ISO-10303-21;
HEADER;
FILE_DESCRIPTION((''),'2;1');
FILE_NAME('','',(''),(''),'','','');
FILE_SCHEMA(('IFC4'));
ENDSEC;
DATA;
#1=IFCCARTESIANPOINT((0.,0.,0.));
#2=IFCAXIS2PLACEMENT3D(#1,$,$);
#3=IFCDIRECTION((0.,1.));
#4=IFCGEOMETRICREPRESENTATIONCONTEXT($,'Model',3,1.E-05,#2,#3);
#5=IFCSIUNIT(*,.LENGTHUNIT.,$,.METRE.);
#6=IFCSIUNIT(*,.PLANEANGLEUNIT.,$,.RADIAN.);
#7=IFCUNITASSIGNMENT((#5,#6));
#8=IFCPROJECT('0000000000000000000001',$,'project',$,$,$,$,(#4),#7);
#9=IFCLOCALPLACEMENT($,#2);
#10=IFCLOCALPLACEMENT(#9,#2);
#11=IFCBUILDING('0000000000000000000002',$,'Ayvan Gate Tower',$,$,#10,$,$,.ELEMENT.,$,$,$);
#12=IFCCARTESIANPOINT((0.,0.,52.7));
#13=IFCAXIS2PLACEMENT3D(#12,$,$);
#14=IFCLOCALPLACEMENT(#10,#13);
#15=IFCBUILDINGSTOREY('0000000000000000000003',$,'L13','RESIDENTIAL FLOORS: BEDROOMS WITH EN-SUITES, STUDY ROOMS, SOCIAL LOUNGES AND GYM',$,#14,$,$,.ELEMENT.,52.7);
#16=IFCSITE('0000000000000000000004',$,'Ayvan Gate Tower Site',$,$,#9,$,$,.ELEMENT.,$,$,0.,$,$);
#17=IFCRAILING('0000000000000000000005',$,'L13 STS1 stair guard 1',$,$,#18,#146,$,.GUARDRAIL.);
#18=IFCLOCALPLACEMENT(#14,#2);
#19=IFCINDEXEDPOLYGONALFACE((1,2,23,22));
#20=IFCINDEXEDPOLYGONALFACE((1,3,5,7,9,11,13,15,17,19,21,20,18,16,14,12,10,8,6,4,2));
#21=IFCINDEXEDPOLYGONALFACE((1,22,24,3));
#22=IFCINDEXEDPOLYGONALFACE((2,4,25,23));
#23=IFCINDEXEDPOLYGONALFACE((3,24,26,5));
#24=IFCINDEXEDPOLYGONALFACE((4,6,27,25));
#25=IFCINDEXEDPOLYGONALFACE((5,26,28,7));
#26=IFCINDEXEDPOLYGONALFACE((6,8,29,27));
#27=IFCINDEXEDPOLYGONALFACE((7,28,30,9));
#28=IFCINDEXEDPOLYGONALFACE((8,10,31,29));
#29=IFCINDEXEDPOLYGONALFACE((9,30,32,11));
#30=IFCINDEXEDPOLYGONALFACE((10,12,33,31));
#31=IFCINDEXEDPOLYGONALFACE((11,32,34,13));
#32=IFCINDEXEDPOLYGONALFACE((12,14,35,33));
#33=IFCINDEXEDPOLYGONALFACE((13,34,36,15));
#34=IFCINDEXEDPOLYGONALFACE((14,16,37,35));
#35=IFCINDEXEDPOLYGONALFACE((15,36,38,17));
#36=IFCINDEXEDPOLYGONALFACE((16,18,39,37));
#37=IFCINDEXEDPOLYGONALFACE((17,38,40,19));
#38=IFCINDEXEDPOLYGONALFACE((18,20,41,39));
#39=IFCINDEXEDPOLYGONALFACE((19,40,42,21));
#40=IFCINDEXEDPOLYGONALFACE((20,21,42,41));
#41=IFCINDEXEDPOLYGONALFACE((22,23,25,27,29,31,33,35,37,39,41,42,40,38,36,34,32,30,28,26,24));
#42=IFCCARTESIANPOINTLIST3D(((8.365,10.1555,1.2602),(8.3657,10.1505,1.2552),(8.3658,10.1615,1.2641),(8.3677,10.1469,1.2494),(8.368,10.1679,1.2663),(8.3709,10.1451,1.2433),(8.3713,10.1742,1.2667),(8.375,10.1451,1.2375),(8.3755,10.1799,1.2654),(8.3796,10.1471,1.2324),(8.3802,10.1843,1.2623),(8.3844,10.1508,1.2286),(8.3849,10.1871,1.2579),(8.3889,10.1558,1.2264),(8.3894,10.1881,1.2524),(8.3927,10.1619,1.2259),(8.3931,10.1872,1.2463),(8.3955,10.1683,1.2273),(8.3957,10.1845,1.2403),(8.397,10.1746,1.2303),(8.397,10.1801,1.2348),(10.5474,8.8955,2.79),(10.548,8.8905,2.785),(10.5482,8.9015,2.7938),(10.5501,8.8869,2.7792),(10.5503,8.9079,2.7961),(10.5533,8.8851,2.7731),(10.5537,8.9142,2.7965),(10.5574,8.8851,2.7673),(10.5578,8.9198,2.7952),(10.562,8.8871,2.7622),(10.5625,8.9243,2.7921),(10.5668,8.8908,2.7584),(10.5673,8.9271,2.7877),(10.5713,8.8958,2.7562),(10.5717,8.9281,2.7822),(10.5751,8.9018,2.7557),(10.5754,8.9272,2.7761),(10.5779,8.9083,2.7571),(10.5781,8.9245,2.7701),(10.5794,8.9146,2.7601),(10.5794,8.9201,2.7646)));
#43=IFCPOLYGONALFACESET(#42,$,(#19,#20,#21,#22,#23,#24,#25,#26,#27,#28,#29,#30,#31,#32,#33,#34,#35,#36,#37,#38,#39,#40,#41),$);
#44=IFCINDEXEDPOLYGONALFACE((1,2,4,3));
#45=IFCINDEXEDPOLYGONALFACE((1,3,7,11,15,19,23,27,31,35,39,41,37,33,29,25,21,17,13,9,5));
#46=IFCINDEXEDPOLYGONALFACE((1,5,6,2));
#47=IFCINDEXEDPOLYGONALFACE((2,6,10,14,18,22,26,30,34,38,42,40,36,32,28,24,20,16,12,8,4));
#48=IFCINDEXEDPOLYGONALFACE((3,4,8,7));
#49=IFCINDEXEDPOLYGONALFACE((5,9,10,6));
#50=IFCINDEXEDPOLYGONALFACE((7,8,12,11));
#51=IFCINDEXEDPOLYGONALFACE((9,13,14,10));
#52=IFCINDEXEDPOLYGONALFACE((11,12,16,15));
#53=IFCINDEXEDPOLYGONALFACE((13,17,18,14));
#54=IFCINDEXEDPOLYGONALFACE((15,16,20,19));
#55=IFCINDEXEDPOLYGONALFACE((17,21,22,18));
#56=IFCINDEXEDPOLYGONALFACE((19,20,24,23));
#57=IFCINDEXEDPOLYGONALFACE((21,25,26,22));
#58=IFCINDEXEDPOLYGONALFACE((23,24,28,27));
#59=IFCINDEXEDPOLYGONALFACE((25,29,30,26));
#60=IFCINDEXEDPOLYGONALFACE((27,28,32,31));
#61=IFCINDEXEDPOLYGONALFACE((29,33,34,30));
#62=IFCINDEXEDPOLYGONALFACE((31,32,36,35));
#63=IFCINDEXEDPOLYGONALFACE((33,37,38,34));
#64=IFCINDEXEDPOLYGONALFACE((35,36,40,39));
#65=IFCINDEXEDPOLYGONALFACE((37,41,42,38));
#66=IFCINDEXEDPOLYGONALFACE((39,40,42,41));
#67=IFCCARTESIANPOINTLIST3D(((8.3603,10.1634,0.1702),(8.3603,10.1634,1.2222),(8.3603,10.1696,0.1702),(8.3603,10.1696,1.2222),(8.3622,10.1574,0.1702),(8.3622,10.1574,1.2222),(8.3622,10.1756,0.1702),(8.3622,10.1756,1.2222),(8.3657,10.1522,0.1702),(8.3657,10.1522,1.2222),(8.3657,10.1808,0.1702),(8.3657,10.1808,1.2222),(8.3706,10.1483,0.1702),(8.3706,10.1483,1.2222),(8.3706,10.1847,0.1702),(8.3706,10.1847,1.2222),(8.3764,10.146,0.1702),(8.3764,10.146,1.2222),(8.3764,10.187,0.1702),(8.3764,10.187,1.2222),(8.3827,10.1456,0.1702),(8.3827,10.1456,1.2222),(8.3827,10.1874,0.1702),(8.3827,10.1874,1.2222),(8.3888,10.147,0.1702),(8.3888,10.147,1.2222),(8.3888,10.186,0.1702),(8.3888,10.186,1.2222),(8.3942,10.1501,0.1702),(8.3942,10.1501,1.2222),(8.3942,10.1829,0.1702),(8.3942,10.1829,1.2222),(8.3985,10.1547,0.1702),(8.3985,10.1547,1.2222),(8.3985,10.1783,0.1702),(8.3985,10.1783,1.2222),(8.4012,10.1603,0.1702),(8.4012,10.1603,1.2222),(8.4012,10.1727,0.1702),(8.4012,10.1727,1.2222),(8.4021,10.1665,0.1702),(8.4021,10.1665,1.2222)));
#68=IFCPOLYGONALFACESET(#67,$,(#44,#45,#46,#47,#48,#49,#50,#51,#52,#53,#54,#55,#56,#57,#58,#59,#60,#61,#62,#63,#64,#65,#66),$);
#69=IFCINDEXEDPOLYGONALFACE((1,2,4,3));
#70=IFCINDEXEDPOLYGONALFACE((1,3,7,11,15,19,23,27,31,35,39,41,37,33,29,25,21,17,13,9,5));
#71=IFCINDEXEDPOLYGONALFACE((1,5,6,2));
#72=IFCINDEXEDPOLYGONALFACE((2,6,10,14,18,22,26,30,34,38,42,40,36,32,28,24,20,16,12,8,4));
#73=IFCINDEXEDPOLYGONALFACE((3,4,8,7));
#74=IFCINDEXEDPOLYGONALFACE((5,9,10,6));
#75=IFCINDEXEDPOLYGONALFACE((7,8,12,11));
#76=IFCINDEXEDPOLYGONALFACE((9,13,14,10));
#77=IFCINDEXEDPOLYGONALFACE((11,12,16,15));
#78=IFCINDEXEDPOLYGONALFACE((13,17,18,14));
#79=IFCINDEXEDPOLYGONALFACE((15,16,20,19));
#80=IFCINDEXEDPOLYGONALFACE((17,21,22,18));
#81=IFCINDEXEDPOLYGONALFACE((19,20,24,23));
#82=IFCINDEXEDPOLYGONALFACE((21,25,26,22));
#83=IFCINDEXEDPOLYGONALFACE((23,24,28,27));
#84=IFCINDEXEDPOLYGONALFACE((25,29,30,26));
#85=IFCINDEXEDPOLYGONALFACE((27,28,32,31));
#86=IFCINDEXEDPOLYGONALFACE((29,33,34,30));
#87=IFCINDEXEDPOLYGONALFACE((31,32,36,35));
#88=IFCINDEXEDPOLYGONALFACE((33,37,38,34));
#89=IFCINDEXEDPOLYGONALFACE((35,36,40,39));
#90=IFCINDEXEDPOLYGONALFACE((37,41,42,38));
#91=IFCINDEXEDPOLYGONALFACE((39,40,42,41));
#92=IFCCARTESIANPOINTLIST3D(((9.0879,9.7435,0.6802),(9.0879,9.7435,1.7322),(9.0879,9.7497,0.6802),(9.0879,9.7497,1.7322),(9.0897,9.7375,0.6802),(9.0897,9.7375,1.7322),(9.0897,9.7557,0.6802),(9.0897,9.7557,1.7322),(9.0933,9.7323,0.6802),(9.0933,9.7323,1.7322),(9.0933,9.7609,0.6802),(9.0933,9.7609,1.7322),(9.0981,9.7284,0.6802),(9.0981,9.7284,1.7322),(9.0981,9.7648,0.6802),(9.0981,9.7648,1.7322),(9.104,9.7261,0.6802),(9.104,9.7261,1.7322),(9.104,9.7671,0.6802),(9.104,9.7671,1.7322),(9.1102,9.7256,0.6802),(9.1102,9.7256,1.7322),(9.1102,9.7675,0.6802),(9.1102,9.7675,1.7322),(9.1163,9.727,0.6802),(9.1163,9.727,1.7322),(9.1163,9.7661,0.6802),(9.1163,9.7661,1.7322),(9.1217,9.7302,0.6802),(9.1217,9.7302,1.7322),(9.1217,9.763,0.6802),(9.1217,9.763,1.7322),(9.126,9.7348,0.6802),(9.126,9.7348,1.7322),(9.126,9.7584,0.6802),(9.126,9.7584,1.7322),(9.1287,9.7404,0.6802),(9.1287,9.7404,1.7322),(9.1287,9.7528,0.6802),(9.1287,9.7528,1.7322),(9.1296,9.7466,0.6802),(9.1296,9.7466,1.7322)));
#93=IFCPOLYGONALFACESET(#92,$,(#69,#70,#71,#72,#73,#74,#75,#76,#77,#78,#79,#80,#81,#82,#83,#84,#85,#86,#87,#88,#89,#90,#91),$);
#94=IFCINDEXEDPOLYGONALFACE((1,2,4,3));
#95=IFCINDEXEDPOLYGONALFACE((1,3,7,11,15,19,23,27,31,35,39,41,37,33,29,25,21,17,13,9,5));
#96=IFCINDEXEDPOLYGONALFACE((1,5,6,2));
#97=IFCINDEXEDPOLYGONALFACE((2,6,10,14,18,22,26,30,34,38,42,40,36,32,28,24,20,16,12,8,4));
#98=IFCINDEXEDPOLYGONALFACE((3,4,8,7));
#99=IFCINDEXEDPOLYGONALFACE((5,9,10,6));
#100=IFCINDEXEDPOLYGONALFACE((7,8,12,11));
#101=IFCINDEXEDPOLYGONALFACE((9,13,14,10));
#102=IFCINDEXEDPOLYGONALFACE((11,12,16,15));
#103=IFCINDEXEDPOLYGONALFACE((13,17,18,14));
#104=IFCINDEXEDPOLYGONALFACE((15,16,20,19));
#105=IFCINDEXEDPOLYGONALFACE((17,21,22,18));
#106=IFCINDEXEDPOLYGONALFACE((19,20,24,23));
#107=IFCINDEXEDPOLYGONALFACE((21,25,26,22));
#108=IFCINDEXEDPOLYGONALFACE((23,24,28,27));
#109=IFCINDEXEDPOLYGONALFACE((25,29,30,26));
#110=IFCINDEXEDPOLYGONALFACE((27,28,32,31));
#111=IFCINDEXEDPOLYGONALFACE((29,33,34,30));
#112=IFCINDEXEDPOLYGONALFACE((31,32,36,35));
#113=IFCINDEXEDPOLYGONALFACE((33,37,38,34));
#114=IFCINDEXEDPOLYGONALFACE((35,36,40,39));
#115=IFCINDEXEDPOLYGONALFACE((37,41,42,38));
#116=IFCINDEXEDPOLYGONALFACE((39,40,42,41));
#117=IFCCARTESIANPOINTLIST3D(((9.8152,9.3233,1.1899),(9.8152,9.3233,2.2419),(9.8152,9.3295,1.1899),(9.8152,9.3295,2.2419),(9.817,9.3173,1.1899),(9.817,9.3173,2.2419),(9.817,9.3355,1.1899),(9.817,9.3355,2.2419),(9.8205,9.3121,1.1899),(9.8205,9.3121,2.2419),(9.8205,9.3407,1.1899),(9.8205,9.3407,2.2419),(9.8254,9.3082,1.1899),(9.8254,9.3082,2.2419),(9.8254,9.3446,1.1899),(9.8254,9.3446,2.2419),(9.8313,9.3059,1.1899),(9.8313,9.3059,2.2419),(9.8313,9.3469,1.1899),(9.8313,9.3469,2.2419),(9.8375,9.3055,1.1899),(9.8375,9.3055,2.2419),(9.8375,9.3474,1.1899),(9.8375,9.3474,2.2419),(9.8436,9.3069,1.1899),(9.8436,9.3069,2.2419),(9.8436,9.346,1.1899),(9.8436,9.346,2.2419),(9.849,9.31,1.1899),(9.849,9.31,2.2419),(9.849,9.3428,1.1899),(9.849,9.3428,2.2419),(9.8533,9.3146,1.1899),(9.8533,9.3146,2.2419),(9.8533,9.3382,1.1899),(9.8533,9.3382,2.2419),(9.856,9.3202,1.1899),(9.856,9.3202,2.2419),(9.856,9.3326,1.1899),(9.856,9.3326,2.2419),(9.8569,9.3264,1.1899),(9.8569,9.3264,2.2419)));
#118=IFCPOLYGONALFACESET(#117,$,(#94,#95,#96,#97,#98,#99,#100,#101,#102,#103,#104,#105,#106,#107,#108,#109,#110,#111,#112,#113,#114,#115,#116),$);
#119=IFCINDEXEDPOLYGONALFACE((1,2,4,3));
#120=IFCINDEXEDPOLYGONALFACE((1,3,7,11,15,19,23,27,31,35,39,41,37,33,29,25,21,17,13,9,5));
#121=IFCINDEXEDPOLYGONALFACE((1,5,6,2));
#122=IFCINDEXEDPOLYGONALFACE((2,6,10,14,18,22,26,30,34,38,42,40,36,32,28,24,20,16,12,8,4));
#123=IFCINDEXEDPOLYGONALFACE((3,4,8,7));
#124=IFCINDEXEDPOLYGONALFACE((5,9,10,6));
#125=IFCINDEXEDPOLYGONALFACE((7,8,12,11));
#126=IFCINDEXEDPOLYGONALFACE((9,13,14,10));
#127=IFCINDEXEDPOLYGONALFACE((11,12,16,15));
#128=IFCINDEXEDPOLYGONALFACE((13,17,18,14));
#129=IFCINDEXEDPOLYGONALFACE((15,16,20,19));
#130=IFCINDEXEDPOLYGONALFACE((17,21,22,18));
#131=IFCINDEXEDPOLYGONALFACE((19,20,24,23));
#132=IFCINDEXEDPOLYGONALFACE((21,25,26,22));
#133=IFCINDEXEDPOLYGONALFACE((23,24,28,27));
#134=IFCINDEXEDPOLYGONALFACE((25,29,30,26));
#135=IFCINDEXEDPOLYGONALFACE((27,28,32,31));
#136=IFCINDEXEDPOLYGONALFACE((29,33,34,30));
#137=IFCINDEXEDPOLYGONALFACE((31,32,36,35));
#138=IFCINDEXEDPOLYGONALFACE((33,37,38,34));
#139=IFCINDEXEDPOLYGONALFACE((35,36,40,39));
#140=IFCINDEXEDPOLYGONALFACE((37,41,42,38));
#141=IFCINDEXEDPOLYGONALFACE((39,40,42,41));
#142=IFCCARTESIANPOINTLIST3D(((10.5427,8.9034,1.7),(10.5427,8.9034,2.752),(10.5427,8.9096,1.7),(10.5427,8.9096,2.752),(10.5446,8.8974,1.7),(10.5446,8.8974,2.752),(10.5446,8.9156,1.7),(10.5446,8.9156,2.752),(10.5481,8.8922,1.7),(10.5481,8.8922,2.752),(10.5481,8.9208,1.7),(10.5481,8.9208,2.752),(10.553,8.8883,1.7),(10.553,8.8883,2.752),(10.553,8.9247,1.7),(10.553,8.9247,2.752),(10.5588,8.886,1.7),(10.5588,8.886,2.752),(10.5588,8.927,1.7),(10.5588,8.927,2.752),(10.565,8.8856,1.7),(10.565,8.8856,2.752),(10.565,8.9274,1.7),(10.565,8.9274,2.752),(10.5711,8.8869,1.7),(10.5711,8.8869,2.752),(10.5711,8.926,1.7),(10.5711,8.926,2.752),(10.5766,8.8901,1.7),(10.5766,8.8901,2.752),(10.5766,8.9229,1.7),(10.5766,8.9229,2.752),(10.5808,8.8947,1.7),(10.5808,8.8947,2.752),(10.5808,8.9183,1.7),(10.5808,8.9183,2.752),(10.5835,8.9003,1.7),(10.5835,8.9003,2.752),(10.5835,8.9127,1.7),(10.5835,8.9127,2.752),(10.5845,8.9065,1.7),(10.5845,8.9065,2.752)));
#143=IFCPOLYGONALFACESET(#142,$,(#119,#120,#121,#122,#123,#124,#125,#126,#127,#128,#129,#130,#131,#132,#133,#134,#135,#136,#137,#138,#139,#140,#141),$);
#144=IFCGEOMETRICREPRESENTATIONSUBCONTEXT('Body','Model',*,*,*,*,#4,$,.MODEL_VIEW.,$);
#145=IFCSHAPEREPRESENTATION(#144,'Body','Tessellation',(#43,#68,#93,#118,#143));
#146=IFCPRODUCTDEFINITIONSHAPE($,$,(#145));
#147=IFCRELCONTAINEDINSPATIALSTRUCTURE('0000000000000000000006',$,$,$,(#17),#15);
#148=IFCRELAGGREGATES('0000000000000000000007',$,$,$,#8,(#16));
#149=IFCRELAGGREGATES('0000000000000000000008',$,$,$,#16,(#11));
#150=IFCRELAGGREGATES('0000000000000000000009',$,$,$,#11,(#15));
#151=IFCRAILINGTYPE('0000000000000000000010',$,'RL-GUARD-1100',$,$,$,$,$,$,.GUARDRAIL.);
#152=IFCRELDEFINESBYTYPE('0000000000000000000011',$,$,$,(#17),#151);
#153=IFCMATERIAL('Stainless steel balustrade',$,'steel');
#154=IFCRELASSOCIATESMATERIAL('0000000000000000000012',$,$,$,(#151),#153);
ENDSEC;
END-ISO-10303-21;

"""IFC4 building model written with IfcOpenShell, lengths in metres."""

from ifc_helpers import new_model, si_unit, direction, frame, origin, origin_2d, place, context, subcontext, project, spatial, circle, extrude, material, type_object, element, save


model = new_model("IFC4")

# Units and contexts
model_context = context("Model", 3, precision=1e-05, world=origin(), true_north=direction((0.0, 1.0)))
body_context = subcontext(model_context, "Body", "Model", "MODEL_VIEW")
ifc_project = project(units=[si_unit("LENGTHUNIT", "METRE"), si_unit("PLANEANGLEUNIT", "RADIAN")], contexts=[model_context])

# Site, building, storey
site_placement = place(None, origin())
site = spatial("IfcSite", under=ifc_project, at=site_placement, Name="Ayvan Gate Tower Site", CompositionType="ELEMENT", RefElevation=0.0)
building_placement = place(site_placement, origin())
building = spatial("IfcBuilding", under=site, at=building_placement, Name="Ayvan Gate Tower", CompositionType="ELEMENT")
storey_placement = place(building_placement, frame((0.0, 0.0, 52.7)))
storey = spatial("IfcBuildingStorey", under=building, at=storey_placement, Name="L13", Description="RESIDENTIAL FLOORS: BEDROOMS WITH EN-SUITES, STUDY ROOMS, SOCIAL LOUNGES AND GYM", CompositionType="ELEMENT", Elevation=52.7)

# Railing
ifc_material_1 = material(Name="Stainless steel balustrade", Category="steel")
railing_type_1 = type_object("IfcRailingType", Name="RL-GUARD-1100", PredefinedType="GUARDRAIL", material=ifc_material_1)
railing_1_placement = place(storey_placement, frame((8.3811, 10.1665, 0.1702)))
element("IfcRailing", 1, at=railing_1_placement, inside=storey, type_object=railing_type_1, Name="L13 STS1 stair guard 1", PredefinedType="GUARDRAIL", context=body_context, shape_type="SweptSolid", body=[
    extrude(circle(Radius=0.0239, at=origin_2d()), frame((0.0, 0.0, 1.0762), z_axis=(0.740293, -0.427414, 0.518926), x_axis=(0.500005, 0.866023, 0.0)), (0.0, 0.0, 1.0), 2.948),
    extrude(circle(Radius=0.021, at=origin_2d()), origin(), (0.0, 0.0, 1.0), 1.052),
    extrude(circle(Radius=0.021, at=origin_2d()), frame((0.7275, -0.4199, 0.51)), (0.0, 0.0, 1.0), 1.052),
    extrude(circle(Radius=0.021, at=origin_2d()), frame((1.4548, -0.8401, 1.0198)), (0.0, 0.0, 1.0), 1.052),
    extrude(circle(Radius=0.021, at=origin_2d()), frame((2.1824, -1.26, 1.5298)), (0.0, 0.0, 1.0), 1.052),
])

save(model, "model.ifc")
